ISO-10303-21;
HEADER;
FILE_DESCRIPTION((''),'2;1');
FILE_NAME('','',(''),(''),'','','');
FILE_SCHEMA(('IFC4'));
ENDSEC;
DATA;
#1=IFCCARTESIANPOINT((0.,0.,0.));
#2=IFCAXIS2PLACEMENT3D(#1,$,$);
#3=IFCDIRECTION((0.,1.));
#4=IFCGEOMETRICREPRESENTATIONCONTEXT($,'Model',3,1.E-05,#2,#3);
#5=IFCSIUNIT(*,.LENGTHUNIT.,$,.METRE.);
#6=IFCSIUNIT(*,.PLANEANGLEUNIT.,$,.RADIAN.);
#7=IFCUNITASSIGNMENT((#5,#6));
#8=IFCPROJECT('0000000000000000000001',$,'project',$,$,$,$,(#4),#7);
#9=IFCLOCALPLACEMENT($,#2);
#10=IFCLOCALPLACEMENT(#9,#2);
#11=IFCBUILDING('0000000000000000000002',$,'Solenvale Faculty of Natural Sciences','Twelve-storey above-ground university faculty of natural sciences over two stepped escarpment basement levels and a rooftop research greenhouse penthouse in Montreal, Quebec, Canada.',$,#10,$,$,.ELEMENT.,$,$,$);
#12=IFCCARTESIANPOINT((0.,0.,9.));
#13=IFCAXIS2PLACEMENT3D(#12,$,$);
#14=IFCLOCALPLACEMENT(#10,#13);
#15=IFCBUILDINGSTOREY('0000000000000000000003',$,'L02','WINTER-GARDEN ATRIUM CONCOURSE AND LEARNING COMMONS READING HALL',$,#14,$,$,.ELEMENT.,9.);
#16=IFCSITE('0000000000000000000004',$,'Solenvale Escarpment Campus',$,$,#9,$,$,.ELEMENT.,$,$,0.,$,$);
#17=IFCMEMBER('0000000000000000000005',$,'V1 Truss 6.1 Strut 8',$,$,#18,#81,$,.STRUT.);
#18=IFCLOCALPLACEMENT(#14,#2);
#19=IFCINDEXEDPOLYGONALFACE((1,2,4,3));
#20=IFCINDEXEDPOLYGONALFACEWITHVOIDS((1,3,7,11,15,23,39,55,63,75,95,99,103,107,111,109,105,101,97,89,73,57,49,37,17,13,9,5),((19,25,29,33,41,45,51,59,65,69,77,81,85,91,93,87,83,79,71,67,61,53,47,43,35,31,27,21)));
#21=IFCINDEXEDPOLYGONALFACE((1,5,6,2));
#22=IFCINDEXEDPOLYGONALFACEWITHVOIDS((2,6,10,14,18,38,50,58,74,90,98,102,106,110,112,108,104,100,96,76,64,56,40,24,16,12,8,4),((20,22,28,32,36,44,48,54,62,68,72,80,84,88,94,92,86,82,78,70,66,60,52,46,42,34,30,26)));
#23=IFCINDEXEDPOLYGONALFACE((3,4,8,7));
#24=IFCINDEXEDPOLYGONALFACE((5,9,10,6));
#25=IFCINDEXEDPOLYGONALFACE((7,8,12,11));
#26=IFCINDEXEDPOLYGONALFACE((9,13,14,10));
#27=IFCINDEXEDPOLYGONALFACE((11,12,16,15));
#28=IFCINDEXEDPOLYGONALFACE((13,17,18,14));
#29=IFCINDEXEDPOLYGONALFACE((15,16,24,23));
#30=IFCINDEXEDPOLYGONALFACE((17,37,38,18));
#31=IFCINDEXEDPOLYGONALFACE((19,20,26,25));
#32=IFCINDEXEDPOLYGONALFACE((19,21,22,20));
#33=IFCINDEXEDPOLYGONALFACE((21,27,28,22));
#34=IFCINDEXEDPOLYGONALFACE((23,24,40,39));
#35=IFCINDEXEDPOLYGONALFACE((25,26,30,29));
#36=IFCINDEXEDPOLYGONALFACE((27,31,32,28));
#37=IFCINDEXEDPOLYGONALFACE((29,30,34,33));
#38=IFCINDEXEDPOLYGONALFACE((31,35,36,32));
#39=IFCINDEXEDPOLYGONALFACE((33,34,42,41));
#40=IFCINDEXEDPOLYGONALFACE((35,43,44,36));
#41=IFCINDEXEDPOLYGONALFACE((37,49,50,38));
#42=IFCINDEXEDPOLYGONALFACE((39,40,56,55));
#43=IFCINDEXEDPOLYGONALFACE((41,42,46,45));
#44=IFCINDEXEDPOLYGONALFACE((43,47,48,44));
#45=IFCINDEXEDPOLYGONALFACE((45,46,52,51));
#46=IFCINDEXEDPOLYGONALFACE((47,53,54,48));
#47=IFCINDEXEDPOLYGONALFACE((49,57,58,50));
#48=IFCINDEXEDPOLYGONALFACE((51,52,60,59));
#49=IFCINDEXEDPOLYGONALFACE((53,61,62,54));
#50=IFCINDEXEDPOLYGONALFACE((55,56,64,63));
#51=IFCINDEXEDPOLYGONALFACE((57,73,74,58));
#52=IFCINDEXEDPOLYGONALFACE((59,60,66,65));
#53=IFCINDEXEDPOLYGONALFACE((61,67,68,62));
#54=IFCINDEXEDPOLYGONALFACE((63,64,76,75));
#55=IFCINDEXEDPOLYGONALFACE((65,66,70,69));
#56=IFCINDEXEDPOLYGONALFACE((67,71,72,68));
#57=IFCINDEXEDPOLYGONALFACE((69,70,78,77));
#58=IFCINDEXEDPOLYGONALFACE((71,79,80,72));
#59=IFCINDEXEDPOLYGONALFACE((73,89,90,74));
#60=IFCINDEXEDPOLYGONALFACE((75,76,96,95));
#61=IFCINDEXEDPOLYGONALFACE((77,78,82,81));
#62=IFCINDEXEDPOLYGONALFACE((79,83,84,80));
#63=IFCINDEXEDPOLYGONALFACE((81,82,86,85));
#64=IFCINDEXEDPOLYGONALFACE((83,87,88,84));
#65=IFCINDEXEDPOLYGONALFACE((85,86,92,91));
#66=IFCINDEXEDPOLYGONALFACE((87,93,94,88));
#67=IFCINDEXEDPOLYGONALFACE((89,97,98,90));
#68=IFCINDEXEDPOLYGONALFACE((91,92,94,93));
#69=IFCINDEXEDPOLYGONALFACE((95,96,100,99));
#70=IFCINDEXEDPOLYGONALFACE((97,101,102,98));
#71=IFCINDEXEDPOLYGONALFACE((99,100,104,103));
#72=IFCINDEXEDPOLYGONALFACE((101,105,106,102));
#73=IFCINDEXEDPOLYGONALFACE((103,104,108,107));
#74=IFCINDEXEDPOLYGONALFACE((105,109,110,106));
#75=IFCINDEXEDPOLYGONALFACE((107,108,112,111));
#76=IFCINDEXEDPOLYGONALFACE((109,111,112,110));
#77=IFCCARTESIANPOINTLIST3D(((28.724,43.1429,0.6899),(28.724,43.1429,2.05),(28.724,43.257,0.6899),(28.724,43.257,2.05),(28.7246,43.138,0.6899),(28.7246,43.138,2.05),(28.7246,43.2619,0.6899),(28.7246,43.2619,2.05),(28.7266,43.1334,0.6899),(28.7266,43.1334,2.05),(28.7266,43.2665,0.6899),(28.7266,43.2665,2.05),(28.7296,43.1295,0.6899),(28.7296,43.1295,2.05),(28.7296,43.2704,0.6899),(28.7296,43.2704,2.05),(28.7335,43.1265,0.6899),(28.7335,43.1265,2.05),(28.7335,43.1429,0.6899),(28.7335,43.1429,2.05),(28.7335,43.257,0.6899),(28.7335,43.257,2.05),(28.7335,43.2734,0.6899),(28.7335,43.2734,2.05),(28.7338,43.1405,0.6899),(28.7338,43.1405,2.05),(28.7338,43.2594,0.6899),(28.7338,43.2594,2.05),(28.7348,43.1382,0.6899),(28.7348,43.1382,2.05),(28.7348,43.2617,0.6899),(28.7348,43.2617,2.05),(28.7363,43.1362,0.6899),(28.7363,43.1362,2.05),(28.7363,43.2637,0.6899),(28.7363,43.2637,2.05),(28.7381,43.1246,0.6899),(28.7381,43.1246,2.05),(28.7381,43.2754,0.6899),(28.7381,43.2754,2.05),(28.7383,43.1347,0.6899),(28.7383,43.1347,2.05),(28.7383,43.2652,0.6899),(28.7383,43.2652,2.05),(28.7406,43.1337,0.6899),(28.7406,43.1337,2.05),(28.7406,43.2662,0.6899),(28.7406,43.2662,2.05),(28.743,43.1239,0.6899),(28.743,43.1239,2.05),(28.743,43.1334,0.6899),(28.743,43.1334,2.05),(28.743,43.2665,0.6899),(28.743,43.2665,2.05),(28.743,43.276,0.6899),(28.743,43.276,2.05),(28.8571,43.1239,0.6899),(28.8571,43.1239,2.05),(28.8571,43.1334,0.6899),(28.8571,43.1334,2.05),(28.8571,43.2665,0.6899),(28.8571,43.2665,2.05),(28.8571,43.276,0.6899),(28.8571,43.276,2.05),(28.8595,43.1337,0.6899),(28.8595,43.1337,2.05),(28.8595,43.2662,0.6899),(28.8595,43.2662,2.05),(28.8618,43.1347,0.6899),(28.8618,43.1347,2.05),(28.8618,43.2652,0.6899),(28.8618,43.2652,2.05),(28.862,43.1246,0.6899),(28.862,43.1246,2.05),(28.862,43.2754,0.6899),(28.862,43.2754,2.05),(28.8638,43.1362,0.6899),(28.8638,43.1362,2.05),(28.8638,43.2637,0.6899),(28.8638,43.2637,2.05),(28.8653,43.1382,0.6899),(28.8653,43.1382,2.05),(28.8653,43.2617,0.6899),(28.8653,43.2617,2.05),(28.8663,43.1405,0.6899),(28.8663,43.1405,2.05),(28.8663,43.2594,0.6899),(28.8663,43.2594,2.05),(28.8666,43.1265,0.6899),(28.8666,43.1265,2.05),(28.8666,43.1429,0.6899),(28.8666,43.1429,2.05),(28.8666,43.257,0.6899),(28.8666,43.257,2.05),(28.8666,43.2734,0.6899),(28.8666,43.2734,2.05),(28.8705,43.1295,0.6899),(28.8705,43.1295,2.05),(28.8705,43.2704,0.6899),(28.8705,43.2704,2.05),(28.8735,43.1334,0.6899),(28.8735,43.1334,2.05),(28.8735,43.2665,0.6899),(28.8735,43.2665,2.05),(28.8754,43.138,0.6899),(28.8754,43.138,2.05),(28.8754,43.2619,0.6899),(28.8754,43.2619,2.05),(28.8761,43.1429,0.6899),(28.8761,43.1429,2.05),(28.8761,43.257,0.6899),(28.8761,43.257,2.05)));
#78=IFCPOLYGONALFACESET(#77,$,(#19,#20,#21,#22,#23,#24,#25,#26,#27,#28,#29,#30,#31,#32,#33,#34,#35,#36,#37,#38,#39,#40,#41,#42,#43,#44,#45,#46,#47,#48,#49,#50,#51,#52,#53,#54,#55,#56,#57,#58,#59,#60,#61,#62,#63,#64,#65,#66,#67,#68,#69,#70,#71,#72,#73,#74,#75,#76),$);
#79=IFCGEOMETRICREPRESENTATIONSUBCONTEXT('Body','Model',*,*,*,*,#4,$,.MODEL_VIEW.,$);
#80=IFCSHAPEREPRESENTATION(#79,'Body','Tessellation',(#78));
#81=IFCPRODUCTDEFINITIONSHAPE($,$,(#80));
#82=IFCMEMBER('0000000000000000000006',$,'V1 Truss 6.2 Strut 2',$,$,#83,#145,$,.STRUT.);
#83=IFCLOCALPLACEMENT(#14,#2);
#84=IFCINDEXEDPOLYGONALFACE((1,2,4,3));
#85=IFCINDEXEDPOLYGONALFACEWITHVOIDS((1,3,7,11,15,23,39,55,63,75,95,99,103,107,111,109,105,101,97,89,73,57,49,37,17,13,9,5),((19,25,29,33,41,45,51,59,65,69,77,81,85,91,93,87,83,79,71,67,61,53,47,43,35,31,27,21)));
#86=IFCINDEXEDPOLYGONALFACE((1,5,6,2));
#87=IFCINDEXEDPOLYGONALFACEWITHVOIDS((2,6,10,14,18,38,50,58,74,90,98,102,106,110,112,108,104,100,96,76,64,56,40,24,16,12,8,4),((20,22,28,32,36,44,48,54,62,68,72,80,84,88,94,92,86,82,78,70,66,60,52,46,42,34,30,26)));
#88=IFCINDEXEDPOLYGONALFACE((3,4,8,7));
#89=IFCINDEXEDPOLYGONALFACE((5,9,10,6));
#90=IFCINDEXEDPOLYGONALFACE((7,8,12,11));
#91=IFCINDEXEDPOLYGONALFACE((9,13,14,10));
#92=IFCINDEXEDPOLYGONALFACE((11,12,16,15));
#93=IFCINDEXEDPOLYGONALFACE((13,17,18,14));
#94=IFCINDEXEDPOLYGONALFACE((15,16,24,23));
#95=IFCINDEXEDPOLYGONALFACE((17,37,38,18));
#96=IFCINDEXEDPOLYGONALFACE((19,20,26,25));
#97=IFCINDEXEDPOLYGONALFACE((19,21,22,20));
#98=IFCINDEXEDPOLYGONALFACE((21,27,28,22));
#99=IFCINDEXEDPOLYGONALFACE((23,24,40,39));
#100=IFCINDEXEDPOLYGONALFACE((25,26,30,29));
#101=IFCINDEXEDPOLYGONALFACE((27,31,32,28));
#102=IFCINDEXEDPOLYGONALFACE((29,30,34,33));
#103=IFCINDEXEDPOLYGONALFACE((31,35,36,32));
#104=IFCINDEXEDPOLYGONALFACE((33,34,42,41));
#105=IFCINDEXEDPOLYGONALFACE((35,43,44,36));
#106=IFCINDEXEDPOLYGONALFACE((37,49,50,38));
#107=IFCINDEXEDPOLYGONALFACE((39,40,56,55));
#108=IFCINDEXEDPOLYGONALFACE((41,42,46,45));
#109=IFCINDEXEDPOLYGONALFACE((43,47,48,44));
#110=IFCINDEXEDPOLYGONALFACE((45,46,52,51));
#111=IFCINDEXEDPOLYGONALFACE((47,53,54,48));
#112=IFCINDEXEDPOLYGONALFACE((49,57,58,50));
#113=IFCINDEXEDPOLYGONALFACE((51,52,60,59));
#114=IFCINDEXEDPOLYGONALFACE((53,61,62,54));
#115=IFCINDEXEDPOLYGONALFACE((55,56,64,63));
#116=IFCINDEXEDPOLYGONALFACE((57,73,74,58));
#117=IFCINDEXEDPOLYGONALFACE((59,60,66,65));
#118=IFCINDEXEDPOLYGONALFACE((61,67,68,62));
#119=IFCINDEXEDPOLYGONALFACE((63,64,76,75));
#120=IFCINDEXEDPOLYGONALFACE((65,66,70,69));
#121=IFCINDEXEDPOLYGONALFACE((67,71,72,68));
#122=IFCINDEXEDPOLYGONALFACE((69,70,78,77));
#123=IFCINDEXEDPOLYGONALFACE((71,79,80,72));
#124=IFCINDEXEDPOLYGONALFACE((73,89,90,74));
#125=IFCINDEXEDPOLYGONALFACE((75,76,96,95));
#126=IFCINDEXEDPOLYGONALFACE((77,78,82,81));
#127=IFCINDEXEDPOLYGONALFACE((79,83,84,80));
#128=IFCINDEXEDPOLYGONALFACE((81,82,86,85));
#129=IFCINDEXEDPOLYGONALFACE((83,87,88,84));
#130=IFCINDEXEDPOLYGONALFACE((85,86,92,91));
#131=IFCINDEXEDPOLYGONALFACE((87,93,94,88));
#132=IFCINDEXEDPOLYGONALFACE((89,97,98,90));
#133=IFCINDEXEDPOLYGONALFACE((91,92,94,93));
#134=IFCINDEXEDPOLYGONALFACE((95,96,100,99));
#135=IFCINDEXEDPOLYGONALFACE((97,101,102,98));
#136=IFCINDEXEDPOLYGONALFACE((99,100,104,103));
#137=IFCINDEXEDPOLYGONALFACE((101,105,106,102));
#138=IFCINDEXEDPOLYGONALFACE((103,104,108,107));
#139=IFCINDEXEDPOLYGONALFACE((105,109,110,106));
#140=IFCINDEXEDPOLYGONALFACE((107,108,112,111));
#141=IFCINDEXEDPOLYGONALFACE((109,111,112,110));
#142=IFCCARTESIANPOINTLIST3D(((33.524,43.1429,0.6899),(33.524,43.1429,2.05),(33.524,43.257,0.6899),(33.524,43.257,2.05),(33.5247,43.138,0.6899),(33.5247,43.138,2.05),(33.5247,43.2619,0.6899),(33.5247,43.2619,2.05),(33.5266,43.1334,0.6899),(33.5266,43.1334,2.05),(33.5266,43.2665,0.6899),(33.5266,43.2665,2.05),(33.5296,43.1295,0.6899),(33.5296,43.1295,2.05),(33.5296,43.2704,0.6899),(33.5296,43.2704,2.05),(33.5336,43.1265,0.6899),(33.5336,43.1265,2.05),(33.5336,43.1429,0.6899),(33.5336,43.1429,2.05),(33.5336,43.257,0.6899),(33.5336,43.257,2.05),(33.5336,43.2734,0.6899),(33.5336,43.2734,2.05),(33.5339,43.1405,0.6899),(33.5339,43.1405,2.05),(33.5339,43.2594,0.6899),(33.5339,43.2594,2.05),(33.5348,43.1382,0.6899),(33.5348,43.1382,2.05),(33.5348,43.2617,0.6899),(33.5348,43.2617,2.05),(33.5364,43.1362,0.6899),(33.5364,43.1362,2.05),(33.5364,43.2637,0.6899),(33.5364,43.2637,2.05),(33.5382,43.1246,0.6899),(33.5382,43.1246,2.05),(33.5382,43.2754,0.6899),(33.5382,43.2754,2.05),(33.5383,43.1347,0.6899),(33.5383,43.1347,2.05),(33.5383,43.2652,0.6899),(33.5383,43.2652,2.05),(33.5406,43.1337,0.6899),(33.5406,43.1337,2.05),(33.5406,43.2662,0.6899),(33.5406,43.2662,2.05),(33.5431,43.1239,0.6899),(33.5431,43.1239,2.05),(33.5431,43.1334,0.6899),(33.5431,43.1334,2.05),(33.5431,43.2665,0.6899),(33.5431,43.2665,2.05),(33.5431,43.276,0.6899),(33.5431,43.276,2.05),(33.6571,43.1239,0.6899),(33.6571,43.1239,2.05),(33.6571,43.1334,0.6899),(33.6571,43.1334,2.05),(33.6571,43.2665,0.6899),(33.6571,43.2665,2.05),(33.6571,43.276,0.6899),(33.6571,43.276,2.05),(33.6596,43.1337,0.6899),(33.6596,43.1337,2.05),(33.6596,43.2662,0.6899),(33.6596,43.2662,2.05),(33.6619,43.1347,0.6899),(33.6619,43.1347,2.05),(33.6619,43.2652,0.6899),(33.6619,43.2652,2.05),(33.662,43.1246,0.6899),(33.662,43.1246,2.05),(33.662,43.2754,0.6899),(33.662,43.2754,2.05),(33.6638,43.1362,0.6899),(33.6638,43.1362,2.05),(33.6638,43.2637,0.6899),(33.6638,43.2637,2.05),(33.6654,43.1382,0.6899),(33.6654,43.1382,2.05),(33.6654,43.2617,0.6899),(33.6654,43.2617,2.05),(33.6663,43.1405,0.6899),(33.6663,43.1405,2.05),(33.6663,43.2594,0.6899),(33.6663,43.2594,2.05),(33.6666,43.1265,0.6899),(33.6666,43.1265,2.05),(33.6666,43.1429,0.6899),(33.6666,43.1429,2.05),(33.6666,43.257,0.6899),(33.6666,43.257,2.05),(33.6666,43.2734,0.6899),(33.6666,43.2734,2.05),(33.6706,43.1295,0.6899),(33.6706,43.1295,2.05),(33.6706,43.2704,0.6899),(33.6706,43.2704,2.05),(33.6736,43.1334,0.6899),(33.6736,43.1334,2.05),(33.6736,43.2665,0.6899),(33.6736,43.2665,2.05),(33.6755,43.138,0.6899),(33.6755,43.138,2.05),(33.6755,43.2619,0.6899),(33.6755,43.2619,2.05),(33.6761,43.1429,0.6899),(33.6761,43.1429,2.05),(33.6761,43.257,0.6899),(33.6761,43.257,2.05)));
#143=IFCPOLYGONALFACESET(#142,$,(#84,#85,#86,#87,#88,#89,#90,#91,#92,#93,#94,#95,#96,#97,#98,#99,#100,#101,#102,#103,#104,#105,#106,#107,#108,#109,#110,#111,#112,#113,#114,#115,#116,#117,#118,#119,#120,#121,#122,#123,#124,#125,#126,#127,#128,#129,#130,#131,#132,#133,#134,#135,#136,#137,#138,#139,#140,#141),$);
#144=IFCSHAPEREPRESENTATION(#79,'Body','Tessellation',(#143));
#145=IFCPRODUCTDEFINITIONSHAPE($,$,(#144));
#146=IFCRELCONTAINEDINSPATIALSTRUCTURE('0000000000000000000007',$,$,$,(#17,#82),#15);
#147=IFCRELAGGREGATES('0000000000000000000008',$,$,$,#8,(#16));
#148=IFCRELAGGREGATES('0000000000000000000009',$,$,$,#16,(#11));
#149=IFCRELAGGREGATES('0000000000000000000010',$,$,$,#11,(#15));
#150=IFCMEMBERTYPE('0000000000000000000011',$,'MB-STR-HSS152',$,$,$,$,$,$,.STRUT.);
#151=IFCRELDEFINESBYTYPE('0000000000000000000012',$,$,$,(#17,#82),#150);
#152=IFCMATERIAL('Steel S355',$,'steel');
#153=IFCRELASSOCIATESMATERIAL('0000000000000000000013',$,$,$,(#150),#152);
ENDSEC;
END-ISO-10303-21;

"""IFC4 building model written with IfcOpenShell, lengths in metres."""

from ifc_helpers import new_model, si_unit, direction, frame, origin, origin_2d, place, context, subcontext, project, spatial, hollow_rectangle, extrude, material, material_profile, profile_set, type_object, element, save


model = new_model("IFC4")

# Units and contexts
model_context = context("Model", 3, precision=1e-05, world=origin(), true_north=direction((0.0, 1.0)))
body_context = subcontext(model_context, "Body", "Model", "MODEL_VIEW")
ifc_project = project(units=[si_unit("LENGTHUNIT", "METRE"), si_unit("PLANEANGLEUNIT", "RADIAN")], contexts=[model_context])

# Site, building, storey
site_placement = place(None, origin())
site = spatial("IfcSite", under=ifc_project, at=site_placement, Name="Solenvale Escarpment Campus", CompositionType="ELEMENT", RefElevation=0.0)
building_placement = place(site_placement, origin())
building = spatial("IfcBuilding", under=site, at=building_placement, Name="Solenvale Faculty of Natural Sciences", Description="Twelve-storey above-ground university faculty of natural sciences over two stepped escarpment basement levels and a rooftop research greenhouse penthouse in Montreal, Quebec, Canada.", CompositionType="ELEMENT")
storey_placement = place(building_placement, frame((0.0, 0.0, 9.0)))
storey = spatial("IfcBuildingStorey", under=building, at=storey_placement, Name="L02", Description="WINTER-GARDEN ATRIUM CONCOURSE AND LEARNING COMMONS READING HALL", CompositionType="ELEMENT", Elevation=9.0)

# Shared definitions
ifc_material_1 = material(Name="Steel S355", Category="steel")

# Members
ifc_material_profile_1 = material_profile(ifc_material_1, hollow_rectangle(XDim=0.1521, YDim=0.1521, WallThickness=0.0095, InnerFilletRadius=0.0095, OuterFilletRadius=0.019, at=origin_2d()), Name="HSS152x152x9.5")
ifc_profile_set_1 = profile_set([ifc_material_profile_1], Name="Steel S355")
member_type_1 = type_object("IfcMemberType", Name="MB-STR-HSS152", PredefinedType="STRUT", material=ifc_profile_set_1)
for number, where, z_axis, x_axis, name in (
    (1, (28.8, 43.2, 0.6899), (0.0, 0.0, 1.0), (1.0, 0.0, 0.0), "V1 Truss 6.1 Strut 8"),
    (2, (33.6001, 43.2, 0.6899), (0.0, 0.0, 1.0), (1.0, 0.0, 0.0), "V1 Truss 6.2 Strut 2"),
):
    element("IfcMember", number, at=place(storey_placement, frame(where, z_axis=z_axis, x_axis=x_axis)), inside=storey, type_object=member_type_1, Name=name, PredefinedType="STRUT", context=body_context, shape_type="SweptSolid", body=[
        extrude(hollow_rectangle(XDim=0.1521, YDim=0.1521, WallThickness=0.0095, InnerFilletRadius=0.0095, OuterFilletRadius=0.019, at=origin_2d()), origin(), (0.0, 0.0, 1.0), 1.3601),
    ])

save(model, "model.ifc")
